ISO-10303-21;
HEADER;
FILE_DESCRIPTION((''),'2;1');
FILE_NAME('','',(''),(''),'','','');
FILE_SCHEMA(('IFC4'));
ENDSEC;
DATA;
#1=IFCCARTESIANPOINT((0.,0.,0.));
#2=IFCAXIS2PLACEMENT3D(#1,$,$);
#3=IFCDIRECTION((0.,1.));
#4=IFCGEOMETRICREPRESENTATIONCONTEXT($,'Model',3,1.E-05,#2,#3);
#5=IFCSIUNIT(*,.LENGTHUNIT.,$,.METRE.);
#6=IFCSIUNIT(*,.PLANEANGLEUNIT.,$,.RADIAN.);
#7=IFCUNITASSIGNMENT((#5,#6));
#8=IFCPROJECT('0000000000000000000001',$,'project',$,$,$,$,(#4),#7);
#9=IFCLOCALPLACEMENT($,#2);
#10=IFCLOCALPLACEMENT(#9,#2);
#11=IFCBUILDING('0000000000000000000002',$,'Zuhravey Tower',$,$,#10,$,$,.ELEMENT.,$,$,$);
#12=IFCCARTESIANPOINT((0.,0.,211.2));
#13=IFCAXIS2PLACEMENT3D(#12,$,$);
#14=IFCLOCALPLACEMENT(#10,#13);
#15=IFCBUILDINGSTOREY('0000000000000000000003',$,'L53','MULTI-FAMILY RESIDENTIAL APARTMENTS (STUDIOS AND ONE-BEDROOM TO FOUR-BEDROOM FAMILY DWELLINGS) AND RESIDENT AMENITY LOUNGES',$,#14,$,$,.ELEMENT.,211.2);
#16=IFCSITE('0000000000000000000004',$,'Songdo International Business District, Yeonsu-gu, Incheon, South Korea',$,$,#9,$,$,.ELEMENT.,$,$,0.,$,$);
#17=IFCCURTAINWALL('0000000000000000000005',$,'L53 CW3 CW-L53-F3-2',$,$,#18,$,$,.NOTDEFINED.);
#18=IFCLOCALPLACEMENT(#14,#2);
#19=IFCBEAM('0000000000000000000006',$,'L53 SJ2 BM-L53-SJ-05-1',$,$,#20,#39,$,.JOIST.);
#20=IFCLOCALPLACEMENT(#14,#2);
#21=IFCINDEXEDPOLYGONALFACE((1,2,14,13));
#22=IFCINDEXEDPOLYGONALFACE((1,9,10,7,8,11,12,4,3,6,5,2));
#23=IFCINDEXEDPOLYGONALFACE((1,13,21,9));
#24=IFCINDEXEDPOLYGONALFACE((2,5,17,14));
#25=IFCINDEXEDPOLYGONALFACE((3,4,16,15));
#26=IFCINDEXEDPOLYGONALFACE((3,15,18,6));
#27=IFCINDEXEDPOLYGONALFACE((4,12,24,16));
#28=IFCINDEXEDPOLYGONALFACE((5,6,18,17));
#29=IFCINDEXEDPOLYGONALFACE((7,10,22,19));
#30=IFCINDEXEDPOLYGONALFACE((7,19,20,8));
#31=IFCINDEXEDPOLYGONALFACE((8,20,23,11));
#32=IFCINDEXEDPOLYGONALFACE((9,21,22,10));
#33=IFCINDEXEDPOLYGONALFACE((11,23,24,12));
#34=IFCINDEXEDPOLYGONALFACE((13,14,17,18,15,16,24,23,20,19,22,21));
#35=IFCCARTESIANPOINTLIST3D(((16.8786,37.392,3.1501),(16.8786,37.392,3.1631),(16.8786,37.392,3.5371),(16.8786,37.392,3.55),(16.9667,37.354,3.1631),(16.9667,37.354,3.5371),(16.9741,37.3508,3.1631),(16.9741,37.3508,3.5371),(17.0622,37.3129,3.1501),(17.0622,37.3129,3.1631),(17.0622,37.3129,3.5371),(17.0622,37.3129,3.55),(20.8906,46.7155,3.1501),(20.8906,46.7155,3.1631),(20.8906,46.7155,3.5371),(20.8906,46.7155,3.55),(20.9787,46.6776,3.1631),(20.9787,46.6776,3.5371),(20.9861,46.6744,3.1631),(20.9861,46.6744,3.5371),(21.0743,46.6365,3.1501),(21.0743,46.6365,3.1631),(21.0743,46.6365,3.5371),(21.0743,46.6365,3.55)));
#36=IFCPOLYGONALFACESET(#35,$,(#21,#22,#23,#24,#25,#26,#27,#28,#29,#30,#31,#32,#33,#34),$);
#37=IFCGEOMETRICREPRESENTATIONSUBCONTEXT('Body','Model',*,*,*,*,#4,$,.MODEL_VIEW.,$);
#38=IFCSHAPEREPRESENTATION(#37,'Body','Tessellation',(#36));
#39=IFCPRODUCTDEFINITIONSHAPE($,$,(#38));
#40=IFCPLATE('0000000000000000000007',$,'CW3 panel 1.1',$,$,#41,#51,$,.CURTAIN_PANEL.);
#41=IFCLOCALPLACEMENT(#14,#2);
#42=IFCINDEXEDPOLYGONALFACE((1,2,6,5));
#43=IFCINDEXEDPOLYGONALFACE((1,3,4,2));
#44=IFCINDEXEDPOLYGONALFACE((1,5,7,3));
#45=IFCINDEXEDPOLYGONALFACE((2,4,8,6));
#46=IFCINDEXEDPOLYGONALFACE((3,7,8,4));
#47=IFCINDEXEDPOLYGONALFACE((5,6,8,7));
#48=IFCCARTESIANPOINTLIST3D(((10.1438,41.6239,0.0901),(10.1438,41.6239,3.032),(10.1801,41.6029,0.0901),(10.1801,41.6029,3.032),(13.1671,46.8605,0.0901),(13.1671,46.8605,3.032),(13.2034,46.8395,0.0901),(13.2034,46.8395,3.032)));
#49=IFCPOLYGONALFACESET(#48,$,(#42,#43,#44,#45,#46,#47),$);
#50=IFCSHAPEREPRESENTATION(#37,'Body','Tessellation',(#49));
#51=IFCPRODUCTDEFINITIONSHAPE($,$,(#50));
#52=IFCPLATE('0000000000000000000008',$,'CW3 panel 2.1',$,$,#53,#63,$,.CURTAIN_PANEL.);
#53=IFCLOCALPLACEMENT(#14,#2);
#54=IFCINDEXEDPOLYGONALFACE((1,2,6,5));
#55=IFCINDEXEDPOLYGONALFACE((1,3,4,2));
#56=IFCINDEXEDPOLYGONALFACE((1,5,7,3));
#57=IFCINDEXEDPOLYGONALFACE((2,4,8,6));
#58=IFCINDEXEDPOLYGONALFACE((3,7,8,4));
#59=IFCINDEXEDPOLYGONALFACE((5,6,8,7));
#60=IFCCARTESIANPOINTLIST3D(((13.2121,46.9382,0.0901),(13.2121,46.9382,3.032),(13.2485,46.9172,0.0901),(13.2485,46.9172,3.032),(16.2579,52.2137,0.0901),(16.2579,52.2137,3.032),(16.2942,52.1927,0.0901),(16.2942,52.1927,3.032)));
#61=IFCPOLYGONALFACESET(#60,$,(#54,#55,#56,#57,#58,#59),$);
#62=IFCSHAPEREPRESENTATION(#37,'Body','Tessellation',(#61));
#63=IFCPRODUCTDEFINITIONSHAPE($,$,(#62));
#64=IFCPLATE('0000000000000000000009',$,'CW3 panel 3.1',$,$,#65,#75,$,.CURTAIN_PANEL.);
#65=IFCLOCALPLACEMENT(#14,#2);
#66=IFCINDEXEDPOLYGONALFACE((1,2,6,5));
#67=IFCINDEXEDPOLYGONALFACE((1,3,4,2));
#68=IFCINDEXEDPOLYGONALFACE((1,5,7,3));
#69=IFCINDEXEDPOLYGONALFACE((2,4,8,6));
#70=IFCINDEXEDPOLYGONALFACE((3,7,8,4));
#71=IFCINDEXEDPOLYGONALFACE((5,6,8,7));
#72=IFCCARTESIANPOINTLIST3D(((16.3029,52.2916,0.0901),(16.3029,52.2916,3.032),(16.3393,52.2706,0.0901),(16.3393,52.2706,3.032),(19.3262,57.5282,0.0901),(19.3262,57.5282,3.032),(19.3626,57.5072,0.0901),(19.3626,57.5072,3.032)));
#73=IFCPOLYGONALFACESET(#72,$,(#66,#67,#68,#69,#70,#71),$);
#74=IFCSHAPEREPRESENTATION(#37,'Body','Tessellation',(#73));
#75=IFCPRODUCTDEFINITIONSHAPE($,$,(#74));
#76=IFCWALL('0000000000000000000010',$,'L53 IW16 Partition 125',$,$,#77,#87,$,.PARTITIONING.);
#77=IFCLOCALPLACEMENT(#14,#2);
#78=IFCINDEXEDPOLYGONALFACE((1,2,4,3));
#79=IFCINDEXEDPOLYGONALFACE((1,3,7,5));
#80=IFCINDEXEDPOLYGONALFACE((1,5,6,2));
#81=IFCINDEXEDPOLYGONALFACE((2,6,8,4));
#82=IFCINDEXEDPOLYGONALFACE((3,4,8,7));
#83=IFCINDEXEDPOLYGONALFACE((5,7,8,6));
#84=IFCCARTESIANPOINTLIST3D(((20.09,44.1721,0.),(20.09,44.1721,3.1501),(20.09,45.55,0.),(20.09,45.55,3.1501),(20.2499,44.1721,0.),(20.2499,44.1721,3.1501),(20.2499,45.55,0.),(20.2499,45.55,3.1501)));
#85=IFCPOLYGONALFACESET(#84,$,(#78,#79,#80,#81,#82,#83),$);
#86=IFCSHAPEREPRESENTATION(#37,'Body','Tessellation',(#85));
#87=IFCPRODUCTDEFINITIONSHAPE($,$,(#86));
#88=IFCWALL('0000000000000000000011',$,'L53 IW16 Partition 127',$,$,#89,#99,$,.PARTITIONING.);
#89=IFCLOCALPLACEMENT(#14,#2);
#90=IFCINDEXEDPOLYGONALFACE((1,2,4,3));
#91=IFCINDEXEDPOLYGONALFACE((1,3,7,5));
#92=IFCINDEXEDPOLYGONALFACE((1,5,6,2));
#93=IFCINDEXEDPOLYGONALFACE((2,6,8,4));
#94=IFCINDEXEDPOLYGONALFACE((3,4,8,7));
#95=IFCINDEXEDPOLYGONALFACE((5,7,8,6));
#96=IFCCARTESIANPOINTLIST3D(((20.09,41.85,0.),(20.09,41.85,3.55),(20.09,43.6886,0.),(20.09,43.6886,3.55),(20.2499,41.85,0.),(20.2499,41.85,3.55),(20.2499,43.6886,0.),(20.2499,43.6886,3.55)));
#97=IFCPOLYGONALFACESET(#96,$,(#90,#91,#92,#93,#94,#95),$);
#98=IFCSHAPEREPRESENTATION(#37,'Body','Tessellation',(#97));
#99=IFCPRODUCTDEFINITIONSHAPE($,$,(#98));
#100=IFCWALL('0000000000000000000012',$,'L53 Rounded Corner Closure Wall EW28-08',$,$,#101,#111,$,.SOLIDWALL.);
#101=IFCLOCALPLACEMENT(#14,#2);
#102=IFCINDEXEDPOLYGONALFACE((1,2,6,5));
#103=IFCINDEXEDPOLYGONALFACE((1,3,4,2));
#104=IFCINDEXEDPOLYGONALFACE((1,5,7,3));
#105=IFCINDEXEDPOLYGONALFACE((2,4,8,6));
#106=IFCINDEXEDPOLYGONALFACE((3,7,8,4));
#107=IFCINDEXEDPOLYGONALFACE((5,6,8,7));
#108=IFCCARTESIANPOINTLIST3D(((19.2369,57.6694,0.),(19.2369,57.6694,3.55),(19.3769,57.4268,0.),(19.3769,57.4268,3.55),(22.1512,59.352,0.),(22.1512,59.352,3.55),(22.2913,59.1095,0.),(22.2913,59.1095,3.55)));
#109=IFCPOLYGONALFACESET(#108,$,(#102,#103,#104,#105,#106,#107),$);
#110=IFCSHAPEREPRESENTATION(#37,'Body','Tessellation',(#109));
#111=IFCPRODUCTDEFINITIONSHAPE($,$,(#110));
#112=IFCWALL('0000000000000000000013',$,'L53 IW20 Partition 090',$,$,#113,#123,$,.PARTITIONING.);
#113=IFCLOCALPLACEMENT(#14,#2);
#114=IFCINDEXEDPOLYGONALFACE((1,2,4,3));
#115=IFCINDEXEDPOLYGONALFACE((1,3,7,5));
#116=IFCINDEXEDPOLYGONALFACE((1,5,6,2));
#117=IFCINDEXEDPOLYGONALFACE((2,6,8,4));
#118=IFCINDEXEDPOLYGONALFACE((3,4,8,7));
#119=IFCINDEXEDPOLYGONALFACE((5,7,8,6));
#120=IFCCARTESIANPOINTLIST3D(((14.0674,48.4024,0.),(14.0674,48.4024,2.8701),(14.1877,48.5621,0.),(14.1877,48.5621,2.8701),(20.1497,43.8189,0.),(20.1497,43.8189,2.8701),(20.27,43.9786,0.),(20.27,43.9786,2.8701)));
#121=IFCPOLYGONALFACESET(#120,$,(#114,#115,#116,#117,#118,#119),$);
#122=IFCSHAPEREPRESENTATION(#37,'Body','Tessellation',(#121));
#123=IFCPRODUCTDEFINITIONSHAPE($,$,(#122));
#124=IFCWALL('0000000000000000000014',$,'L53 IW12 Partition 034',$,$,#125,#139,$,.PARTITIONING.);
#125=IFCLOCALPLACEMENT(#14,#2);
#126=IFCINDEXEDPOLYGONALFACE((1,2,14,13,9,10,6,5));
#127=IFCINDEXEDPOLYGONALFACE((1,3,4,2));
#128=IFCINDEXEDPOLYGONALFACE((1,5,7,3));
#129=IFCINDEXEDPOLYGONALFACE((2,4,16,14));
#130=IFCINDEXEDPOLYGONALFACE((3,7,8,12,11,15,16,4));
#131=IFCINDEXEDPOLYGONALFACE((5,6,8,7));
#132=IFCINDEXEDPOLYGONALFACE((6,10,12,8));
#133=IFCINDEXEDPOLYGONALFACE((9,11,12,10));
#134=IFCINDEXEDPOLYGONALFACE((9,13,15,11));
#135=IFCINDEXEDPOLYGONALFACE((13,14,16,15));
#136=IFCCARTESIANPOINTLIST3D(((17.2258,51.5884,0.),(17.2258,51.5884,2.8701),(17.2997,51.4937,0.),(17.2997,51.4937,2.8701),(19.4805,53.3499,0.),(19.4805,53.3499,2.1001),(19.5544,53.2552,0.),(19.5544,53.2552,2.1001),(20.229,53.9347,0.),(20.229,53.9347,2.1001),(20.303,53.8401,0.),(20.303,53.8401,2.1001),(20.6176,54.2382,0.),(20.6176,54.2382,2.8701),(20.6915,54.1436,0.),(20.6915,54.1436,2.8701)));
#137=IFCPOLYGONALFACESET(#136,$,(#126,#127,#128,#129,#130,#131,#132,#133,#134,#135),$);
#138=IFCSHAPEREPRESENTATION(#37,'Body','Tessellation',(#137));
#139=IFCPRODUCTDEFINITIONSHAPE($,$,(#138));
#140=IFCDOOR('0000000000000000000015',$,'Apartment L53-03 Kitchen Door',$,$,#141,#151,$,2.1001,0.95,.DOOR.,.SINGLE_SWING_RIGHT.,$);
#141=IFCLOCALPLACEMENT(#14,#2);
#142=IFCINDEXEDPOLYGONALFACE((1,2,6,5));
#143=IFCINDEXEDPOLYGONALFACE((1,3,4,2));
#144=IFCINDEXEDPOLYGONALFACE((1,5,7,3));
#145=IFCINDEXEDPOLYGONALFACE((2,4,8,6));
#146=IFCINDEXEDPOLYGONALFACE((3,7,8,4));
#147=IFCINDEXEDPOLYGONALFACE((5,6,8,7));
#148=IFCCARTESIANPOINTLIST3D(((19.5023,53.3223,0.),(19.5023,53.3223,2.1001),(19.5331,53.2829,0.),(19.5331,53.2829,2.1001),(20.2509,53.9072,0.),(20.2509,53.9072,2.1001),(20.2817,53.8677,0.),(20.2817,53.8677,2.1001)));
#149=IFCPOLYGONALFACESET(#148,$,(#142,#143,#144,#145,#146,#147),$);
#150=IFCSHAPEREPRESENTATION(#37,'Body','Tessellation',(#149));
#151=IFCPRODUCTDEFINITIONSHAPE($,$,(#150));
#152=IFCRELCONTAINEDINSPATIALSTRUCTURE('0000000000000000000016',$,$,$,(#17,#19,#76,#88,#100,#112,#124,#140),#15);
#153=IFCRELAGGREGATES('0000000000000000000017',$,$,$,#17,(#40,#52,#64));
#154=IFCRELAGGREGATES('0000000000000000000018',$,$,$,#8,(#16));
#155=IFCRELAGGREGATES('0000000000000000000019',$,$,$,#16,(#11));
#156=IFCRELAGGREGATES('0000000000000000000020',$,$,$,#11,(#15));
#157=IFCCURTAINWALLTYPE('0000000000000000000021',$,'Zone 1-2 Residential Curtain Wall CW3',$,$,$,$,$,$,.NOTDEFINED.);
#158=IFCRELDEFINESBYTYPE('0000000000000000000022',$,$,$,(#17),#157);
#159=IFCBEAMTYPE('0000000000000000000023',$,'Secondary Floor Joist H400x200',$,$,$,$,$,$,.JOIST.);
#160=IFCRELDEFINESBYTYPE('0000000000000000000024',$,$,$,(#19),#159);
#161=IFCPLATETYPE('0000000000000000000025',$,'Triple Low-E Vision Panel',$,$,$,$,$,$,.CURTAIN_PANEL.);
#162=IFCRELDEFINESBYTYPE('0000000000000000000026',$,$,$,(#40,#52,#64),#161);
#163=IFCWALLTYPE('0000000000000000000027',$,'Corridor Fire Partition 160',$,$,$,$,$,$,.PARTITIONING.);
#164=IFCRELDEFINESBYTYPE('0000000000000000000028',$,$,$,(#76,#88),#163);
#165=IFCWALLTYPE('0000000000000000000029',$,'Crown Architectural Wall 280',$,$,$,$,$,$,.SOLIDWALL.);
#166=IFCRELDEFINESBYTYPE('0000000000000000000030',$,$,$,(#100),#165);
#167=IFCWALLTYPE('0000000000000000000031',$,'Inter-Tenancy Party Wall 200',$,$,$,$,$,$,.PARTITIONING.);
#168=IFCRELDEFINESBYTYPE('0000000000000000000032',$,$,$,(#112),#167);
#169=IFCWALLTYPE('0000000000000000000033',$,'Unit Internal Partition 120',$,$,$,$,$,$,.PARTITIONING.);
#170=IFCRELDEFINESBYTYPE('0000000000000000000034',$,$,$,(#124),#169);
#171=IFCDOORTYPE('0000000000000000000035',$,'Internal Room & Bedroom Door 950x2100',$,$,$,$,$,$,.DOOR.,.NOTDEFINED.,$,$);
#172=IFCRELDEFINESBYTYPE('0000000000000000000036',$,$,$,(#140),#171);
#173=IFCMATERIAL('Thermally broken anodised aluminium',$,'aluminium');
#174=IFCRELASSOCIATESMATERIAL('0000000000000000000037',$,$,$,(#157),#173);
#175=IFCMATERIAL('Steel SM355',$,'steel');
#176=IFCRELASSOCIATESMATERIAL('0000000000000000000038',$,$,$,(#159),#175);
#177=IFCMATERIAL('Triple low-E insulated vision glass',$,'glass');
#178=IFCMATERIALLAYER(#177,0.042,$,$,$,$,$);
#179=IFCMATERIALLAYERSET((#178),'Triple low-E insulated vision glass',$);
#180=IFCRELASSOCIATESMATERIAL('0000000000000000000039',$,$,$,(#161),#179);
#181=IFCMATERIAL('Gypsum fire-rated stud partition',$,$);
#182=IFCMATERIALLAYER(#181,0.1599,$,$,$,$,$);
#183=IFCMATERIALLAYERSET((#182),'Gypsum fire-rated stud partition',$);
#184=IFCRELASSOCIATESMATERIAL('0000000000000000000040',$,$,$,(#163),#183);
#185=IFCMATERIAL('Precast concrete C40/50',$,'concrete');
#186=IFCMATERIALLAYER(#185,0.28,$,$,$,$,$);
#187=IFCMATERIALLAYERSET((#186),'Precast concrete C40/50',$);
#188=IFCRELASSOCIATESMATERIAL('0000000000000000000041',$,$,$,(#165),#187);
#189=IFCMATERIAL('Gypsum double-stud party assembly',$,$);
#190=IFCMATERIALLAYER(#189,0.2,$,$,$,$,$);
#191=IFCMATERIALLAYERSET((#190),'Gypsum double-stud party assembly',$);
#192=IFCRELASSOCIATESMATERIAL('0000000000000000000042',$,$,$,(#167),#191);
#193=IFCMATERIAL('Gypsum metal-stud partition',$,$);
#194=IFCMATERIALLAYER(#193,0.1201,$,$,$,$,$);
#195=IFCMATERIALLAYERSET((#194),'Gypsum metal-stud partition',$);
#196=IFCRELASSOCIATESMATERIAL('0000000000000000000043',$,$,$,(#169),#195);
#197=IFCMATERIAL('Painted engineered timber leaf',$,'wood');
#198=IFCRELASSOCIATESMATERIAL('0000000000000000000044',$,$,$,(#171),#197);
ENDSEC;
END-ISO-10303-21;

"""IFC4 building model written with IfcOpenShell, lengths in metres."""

from ifc_helpers import new_model, si_unit, direction, frame, frame_2d, origin, origin_2d, place, context, subcontext, project, spatial, rectangle, i_section, extrude, material, layer, layer_set, material_profile, profile_set, type_object, element, fill, aggregate, save


model = new_model("IFC4")

# Units and contexts
model_context = context("Model", 3, precision=1e-05, world=origin(), true_north=direction((0.0, 1.0)))
body_context = subcontext(model_context, "Body", "Model", "MODEL_VIEW")
ifc_project = project(units=[si_unit("LENGTHUNIT", "METRE"), si_unit("PLANEANGLEUNIT", "RADIAN")], contexts=[model_context])

# Site, building, storey
site_placement = place(None, origin())
site = spatial("IfcSite", under=ifc_project, at=site_placement, Name="Songdo International Business District, Yeonsu-gu, Incheon, South Korea", CompositionType="ELEMENT", RefElevation=0.0)
building_placement = place(site_placement, origin())
building = spatial("IfcBuilding", under=site, at=building_placement, Name="Zuhravey Tower", CompositionType="ELEMENT")
storey_placement = place(building_placement, frame((0.0, 0.0, 211.2)))
storey = spatial("IfcBuildingStorey", under=building, at=storey_placement, Name="L53", Description="MULTI-FAMILY RESIDENTIAL APARTMENTS (STUDIOS AND ONE-BEDROOM TO FOUR-BEDROOM FAMILY DWELLINGS) AND RESIDENT AMENITY LOUNGES", CompositionType="ELEMENT", Elevation=211.2)

# Curtain wall
ifc_material_1 = material(Name="Thermally broken anodised aluminium", Category="aluminium")
curtain_wall_type = type_object("IfcCurtainWallType", Name="Zone 1-2 Residential Curtain Wall CW3", PredefinedType="NOTDEFINED", material=ifc_material_1)
curtain_wall_placement = place(storey_placement, origin())
curtain_wall = element("IfcCurtainWall", 1, at=curtain_wall_placement, inside=storey, type_object=curtain_wall_type, Name="L53 CW3 CW-L53-F3-2", PredefinedType="NOTDEFINED")

# Beam
ifc_material_2 = material(Name="Steel SM355", Category="steel")
ifc_material_profile_1 = material_profile(ifc_material_2, i_section(OverallWidth=0.2, OverallDepth=0.3999, WebThickness=0.0081, FlangeThickness=0.0129, at=origin_2d()), Name="H-400x200x8x13")
ifc_profile_set_1 = profile_set([ifc_material_profile_1], Name="Steel SM355")
beam_type_1 = type_object("IfcBeamType", Name="Secondary Floor Joist H400x200", PredefinedType="JOIST", material=ifc_profile_set_1)
beam_1_placement = place(storey_placement, frame((20.9824, 46.676, 3.3501), z_axis=(-0.395266, -0.918567, 0.0), x_axis=(0.918567, -0.395266, 0.0)))
element("IfcBeam", 2, at=beam_1_placement, inside=storey, type_object=beam_type_1, Name="L53 SJ2 BM-L53-SJ-05-1", PredefinedType="JOIST", context=body_context, shape_type="SweptSolid", body=[
    extrude(i_section(OverallWidth=0.2, OverallDepth=0.3999, WebThickness=0.0081, FlangeThickness=0.0129, at=origin_2d()), origin(), (0.0, 0.0, 1.0), 10.1501),
])

# Plates
ifc_material_3 = material(Name="Triple low-E insulated vision glass", Category="glass")
ifc_layer_1 = layer(ifc_material_3, 0.042)
ifc_layer_set_1 = layer_set([ifc_layer_1], Name="Triple low-E insulated vision glass")
plate_type = type_object("IfcPlateType", Name="Triple Low-E Vision Panel", PredefinedType="CURTAIN_PANEL", material=ifc_layer_set_1)
plate_1_placement = place(storey_placement, frame((11.6736, 44.2317, 0.0901), z_axis=(0.0, 0.0, 1.0), x_axis=(0.499998, 0.866027, 0.0)))
plate_1 = element("IfcPlate", 3, at=plate_1_placement, type_object=plate_type, Name="CW3 panel 1.1", PredefinedType="CURTAIN_PANEL", context=body_context, shape_type="SweptSolid", body=[
    extrude(rectangle(XDim=6.0466, YDim=0.042, at=origin_2d()), origin(), (0.0, 0.0, 1.0), 2.9419),
])
plate_2_placement = place(storey_placement, frame((14.7532, 49.5654, 0.0901), z_axis=(0.0, 0.0, 1.0), x_axis=(0.499998, 0.866027, 0.0)))
plate_2 = element("IfcPlate", 4, at=plate_2_placement, type_object=plate_type, Name="CW3 panel 2.1", PredefinedType="CURTAIN_PANEL", context=body_context, shape_type="SweptSolid", body=[
    extrude(rectangle(XDim=6.0916, YDim=0.042, at=origin_2d()), origin(), (0.0, 0.0, 1.0), 2.9419),
])
plate_3_placement = place(storey_placement, frame((17.8328, 54.8994, 0.0901), z_axis=(0.0, 0.0, 1.0), x_axis=(0.499998, 0.866027, 0.0)))
plate_3 = element("IfcPlate", 5, at=plate_3_placement, type_object=plate_type, Name="CW3 panel 3.1", PredefinedType="CURTAIN_PANEL", context=body_context, shape_type="SweptSolid", body=[
    extrude(rectangle(XDim=6.0466, YDim=0.042, at=origin_2d()), origin(), (0.0, 0.0, 1.0), 2.9419),
])
aggregate(curtain_wall, [plate_1, plate_2, plate_3])

# Walls
ifc_material_4 = material(Name="Gypsum fire-rated stud partition")
ifc_layer_2 = layer(ifc_material_4, 0.1599)
ifc_layer_set_2 = layer_set([ifc_layer_2], Name="Gypsum fire-rated stud partition")
wall_type_1 = type_object("IfcWallType", Name="Corridor Fire Partition 160", PredefinedType="PARTITIONING", material=ifc_layer_set_2)
wall_1_placement = place(storey_placement, frame((20.1699, 45.55, 0.0), z_axis=(0.0, 0.0, 1.0), x_axis=(0.0, -1.0, 0.0)))
element("IfcWall", 6, at=wall_1_placement, inside=storey, type_object=wall_type_1, Name="L53 IW16 Partition 125", PredefinedType="PARTITIONING", context=body_context, shape_type="SweptSolid", body=[
    extrude(rectangle(XDim=1.3779, YDim=0.1599, at=frame_2d((0.689, 0.0))), origin(), (0.0, 0.0, 1.0), 3.1501),
])
wall_2_placement = place(storey_placement, frame((20.1699, 43.6887, 0.0), z_axis=(0.0, 0.0, 1.0), x_axis=(0.0, -1.0, 0.0)))
element("IfcWall", 7, at=wall_2_placement, inside=storey, type_object=wall_type_1, Name="L53 IW16 Partition 127", PredefinedType="PARTITIONING", context=body_context, shape_type="SweptSolid", body=[
    extrude(rectangle(XDim=1.8386, YDim=0.1599, at=frame_2d((0.9194, 0.0))), origin(), (0.0, 0.0, 1.0), 3.55),
])
ifc_material_5 = material(Name="Precast concrete C40/50", Category="concrete")
ifc_layer_3 = layer(ifc_material_5, 0.28)
ifc_layer_set_3 = layer_set([ifc_layer_3], Name="Precast concrete C40/50")
wall_type_2 = type_object("IfcWallType", Name="Crown Architectural Wall 280", PredefinedType="SOLIDWALL", material=ifc_layer_set_3)
wall_3_placement = place(storey_placement, frame((19.3069, 57.5481, 0.0), z_axis=(0.0, 0.0, 1.0), x_axis=(0.86602, 0.500009, 0.0)))
element("IfcWall", 8, at=wall_3_placement, inside=storey, type_object=wall_type_2, Name="L53 Rounded Corner Closure Wall EW28-08", PredefinedType="SOLIDWALL", context=body_context, shape_type="SweptSolid", body=[
    extrude(rectangle(XDim=3.3652, YDim=0.28, at=frame_2d((1.6826, 0.0))), origin(), (0.0, 0.0, 1.0), 3.55),
])
ifc_material_6 = material(Name="Gypsum double-stud party assembly")
ifc_layer_4 = layer(ifc_material_6, 0.2)
ifc_layer_set_4 = layer_set([ifc_layer_4], Name="Gypsum double-stud party assembly")
wall_type_3 = type_object("IfcWallType", Name="Inter-Tenancy Party Wall 200", PredefinedType="PARTITIONING", material=ifc_layer_set_4)
wall_4_placement = place(storey_placement, frame((20.21, 43.8987, 0.0), z_axis=(0.0, 0.0, 1.0), x_axis=(-0.798625, 0.601829, 0.0)))
element("IfcWall", 9, at=wall_4_placement, inside=storey, type_object=wall_type_3, Name="L53 IW20 Partition 090", PredefinedType="PARTITIONING", context=body_context, shape_type="SweptSolid", body=[
    extrude(rectangle(XDim=7.616, YDim=0.2, at=frame_2d((3.8081, 0.0))), origin(), (0.0, 0.0, 1.0), 2.8701),
])

# Wall, opening, door
ifc_material_7 = material(Name="Gypsum metal-stud partition")
ifc_layer_5 = layer(ifc_material_7, 0.1201)
ifc_layer_set_5 = layer_set([ifc_layer_5], Name="Gypsum metal-stud partition")
wall_type_4 = type_object("IfcWallType", Name="Unit Internal Partition 120", PredefinedType="PARTITIONING", material=ifc_layer_set_5)
wall_5_placement = place(storey_placement, frame((20.6545, 54.1909, 0.0), z_axis=(0.0, 0.0, 1.0), x_axis=(-0.788022, -0.615647, 0.0)))
wall_5 = element("IfcWall", 10, at=wall_5_placement, inside=storey, type_object=wall_type_4, Name="L53 IW12 Partition 034", PredefinedType="PARTITIONING", context=body_context, shape_type="SweptSolid", body=[
    extrude(rectangle(XDim=4.3042, YDim=0.1201, at=frame_2d((2.1521, 0.0))), origin(), (0.0, 0.0, 1.0), 2.8701),
])
opening_1_placement = place(wall_5_placement, frame((0.4929, 0.0, 0.0)))
opening_1 = element("IfcOpeningElement", 11, at=opening_1_placement, cuts=wall_5, PredefinedType="OPENING", context=body_context, shape_type="SweptSolid", body=[
    extrude(rectangle(XDim=0.95, YDim=2.1001, at=frame_2d((0.4751, 1.05))), frame((0.0, 0.072, 0.0), z_axis=(0.0, -1.0, 0.0), x_axis=(1.0, 0.0, 0.0)), (0.0, 0.0, 1.0), 0.144),
])
ifc_material_8 = material(Name="Painted engineered timber leaf", Category="wood")
door_type = type_object("IfcDoorType", Name="Internal Room & Bedroom Door 950x2100", OperationType="NOTDEFINED", PredefinedType="DOOR", material=ifc_material_8)
door_1_placement = place(opening_1_placement, frame((0.95, 0.0, 0.0), z_axis=(0.0, 0.0, 1.0), x_axis=(-1.0, 0.0, 0.0)))
door_1 = element("IfcDoor", 12, at=door_1_placement, inside=storey, type_object=door_type, Name="Apartment L53-03 Kitchen Door", OperationType="SINGLE_SWING_RIGHT", OverallHeight=2.1001, OverallWidth=0.95, PredefinedType="DOOR", context=body_context, shape_type="SweptSolid", body=[
    extrude(rectangle(XDim=0.95, YDim=2.1001, at=frame_2d((0.4751, 1.05))), frame((0.0, 0.0249, 0.0), z_axis=(0.0, -1.0, 0.0), x_axis=(1.0, 0.0, 0.0)), (0.0, 0.0, 1.0), 0.05),
])
fill(opening_1, door_1)

save(model, "model.ifc")
